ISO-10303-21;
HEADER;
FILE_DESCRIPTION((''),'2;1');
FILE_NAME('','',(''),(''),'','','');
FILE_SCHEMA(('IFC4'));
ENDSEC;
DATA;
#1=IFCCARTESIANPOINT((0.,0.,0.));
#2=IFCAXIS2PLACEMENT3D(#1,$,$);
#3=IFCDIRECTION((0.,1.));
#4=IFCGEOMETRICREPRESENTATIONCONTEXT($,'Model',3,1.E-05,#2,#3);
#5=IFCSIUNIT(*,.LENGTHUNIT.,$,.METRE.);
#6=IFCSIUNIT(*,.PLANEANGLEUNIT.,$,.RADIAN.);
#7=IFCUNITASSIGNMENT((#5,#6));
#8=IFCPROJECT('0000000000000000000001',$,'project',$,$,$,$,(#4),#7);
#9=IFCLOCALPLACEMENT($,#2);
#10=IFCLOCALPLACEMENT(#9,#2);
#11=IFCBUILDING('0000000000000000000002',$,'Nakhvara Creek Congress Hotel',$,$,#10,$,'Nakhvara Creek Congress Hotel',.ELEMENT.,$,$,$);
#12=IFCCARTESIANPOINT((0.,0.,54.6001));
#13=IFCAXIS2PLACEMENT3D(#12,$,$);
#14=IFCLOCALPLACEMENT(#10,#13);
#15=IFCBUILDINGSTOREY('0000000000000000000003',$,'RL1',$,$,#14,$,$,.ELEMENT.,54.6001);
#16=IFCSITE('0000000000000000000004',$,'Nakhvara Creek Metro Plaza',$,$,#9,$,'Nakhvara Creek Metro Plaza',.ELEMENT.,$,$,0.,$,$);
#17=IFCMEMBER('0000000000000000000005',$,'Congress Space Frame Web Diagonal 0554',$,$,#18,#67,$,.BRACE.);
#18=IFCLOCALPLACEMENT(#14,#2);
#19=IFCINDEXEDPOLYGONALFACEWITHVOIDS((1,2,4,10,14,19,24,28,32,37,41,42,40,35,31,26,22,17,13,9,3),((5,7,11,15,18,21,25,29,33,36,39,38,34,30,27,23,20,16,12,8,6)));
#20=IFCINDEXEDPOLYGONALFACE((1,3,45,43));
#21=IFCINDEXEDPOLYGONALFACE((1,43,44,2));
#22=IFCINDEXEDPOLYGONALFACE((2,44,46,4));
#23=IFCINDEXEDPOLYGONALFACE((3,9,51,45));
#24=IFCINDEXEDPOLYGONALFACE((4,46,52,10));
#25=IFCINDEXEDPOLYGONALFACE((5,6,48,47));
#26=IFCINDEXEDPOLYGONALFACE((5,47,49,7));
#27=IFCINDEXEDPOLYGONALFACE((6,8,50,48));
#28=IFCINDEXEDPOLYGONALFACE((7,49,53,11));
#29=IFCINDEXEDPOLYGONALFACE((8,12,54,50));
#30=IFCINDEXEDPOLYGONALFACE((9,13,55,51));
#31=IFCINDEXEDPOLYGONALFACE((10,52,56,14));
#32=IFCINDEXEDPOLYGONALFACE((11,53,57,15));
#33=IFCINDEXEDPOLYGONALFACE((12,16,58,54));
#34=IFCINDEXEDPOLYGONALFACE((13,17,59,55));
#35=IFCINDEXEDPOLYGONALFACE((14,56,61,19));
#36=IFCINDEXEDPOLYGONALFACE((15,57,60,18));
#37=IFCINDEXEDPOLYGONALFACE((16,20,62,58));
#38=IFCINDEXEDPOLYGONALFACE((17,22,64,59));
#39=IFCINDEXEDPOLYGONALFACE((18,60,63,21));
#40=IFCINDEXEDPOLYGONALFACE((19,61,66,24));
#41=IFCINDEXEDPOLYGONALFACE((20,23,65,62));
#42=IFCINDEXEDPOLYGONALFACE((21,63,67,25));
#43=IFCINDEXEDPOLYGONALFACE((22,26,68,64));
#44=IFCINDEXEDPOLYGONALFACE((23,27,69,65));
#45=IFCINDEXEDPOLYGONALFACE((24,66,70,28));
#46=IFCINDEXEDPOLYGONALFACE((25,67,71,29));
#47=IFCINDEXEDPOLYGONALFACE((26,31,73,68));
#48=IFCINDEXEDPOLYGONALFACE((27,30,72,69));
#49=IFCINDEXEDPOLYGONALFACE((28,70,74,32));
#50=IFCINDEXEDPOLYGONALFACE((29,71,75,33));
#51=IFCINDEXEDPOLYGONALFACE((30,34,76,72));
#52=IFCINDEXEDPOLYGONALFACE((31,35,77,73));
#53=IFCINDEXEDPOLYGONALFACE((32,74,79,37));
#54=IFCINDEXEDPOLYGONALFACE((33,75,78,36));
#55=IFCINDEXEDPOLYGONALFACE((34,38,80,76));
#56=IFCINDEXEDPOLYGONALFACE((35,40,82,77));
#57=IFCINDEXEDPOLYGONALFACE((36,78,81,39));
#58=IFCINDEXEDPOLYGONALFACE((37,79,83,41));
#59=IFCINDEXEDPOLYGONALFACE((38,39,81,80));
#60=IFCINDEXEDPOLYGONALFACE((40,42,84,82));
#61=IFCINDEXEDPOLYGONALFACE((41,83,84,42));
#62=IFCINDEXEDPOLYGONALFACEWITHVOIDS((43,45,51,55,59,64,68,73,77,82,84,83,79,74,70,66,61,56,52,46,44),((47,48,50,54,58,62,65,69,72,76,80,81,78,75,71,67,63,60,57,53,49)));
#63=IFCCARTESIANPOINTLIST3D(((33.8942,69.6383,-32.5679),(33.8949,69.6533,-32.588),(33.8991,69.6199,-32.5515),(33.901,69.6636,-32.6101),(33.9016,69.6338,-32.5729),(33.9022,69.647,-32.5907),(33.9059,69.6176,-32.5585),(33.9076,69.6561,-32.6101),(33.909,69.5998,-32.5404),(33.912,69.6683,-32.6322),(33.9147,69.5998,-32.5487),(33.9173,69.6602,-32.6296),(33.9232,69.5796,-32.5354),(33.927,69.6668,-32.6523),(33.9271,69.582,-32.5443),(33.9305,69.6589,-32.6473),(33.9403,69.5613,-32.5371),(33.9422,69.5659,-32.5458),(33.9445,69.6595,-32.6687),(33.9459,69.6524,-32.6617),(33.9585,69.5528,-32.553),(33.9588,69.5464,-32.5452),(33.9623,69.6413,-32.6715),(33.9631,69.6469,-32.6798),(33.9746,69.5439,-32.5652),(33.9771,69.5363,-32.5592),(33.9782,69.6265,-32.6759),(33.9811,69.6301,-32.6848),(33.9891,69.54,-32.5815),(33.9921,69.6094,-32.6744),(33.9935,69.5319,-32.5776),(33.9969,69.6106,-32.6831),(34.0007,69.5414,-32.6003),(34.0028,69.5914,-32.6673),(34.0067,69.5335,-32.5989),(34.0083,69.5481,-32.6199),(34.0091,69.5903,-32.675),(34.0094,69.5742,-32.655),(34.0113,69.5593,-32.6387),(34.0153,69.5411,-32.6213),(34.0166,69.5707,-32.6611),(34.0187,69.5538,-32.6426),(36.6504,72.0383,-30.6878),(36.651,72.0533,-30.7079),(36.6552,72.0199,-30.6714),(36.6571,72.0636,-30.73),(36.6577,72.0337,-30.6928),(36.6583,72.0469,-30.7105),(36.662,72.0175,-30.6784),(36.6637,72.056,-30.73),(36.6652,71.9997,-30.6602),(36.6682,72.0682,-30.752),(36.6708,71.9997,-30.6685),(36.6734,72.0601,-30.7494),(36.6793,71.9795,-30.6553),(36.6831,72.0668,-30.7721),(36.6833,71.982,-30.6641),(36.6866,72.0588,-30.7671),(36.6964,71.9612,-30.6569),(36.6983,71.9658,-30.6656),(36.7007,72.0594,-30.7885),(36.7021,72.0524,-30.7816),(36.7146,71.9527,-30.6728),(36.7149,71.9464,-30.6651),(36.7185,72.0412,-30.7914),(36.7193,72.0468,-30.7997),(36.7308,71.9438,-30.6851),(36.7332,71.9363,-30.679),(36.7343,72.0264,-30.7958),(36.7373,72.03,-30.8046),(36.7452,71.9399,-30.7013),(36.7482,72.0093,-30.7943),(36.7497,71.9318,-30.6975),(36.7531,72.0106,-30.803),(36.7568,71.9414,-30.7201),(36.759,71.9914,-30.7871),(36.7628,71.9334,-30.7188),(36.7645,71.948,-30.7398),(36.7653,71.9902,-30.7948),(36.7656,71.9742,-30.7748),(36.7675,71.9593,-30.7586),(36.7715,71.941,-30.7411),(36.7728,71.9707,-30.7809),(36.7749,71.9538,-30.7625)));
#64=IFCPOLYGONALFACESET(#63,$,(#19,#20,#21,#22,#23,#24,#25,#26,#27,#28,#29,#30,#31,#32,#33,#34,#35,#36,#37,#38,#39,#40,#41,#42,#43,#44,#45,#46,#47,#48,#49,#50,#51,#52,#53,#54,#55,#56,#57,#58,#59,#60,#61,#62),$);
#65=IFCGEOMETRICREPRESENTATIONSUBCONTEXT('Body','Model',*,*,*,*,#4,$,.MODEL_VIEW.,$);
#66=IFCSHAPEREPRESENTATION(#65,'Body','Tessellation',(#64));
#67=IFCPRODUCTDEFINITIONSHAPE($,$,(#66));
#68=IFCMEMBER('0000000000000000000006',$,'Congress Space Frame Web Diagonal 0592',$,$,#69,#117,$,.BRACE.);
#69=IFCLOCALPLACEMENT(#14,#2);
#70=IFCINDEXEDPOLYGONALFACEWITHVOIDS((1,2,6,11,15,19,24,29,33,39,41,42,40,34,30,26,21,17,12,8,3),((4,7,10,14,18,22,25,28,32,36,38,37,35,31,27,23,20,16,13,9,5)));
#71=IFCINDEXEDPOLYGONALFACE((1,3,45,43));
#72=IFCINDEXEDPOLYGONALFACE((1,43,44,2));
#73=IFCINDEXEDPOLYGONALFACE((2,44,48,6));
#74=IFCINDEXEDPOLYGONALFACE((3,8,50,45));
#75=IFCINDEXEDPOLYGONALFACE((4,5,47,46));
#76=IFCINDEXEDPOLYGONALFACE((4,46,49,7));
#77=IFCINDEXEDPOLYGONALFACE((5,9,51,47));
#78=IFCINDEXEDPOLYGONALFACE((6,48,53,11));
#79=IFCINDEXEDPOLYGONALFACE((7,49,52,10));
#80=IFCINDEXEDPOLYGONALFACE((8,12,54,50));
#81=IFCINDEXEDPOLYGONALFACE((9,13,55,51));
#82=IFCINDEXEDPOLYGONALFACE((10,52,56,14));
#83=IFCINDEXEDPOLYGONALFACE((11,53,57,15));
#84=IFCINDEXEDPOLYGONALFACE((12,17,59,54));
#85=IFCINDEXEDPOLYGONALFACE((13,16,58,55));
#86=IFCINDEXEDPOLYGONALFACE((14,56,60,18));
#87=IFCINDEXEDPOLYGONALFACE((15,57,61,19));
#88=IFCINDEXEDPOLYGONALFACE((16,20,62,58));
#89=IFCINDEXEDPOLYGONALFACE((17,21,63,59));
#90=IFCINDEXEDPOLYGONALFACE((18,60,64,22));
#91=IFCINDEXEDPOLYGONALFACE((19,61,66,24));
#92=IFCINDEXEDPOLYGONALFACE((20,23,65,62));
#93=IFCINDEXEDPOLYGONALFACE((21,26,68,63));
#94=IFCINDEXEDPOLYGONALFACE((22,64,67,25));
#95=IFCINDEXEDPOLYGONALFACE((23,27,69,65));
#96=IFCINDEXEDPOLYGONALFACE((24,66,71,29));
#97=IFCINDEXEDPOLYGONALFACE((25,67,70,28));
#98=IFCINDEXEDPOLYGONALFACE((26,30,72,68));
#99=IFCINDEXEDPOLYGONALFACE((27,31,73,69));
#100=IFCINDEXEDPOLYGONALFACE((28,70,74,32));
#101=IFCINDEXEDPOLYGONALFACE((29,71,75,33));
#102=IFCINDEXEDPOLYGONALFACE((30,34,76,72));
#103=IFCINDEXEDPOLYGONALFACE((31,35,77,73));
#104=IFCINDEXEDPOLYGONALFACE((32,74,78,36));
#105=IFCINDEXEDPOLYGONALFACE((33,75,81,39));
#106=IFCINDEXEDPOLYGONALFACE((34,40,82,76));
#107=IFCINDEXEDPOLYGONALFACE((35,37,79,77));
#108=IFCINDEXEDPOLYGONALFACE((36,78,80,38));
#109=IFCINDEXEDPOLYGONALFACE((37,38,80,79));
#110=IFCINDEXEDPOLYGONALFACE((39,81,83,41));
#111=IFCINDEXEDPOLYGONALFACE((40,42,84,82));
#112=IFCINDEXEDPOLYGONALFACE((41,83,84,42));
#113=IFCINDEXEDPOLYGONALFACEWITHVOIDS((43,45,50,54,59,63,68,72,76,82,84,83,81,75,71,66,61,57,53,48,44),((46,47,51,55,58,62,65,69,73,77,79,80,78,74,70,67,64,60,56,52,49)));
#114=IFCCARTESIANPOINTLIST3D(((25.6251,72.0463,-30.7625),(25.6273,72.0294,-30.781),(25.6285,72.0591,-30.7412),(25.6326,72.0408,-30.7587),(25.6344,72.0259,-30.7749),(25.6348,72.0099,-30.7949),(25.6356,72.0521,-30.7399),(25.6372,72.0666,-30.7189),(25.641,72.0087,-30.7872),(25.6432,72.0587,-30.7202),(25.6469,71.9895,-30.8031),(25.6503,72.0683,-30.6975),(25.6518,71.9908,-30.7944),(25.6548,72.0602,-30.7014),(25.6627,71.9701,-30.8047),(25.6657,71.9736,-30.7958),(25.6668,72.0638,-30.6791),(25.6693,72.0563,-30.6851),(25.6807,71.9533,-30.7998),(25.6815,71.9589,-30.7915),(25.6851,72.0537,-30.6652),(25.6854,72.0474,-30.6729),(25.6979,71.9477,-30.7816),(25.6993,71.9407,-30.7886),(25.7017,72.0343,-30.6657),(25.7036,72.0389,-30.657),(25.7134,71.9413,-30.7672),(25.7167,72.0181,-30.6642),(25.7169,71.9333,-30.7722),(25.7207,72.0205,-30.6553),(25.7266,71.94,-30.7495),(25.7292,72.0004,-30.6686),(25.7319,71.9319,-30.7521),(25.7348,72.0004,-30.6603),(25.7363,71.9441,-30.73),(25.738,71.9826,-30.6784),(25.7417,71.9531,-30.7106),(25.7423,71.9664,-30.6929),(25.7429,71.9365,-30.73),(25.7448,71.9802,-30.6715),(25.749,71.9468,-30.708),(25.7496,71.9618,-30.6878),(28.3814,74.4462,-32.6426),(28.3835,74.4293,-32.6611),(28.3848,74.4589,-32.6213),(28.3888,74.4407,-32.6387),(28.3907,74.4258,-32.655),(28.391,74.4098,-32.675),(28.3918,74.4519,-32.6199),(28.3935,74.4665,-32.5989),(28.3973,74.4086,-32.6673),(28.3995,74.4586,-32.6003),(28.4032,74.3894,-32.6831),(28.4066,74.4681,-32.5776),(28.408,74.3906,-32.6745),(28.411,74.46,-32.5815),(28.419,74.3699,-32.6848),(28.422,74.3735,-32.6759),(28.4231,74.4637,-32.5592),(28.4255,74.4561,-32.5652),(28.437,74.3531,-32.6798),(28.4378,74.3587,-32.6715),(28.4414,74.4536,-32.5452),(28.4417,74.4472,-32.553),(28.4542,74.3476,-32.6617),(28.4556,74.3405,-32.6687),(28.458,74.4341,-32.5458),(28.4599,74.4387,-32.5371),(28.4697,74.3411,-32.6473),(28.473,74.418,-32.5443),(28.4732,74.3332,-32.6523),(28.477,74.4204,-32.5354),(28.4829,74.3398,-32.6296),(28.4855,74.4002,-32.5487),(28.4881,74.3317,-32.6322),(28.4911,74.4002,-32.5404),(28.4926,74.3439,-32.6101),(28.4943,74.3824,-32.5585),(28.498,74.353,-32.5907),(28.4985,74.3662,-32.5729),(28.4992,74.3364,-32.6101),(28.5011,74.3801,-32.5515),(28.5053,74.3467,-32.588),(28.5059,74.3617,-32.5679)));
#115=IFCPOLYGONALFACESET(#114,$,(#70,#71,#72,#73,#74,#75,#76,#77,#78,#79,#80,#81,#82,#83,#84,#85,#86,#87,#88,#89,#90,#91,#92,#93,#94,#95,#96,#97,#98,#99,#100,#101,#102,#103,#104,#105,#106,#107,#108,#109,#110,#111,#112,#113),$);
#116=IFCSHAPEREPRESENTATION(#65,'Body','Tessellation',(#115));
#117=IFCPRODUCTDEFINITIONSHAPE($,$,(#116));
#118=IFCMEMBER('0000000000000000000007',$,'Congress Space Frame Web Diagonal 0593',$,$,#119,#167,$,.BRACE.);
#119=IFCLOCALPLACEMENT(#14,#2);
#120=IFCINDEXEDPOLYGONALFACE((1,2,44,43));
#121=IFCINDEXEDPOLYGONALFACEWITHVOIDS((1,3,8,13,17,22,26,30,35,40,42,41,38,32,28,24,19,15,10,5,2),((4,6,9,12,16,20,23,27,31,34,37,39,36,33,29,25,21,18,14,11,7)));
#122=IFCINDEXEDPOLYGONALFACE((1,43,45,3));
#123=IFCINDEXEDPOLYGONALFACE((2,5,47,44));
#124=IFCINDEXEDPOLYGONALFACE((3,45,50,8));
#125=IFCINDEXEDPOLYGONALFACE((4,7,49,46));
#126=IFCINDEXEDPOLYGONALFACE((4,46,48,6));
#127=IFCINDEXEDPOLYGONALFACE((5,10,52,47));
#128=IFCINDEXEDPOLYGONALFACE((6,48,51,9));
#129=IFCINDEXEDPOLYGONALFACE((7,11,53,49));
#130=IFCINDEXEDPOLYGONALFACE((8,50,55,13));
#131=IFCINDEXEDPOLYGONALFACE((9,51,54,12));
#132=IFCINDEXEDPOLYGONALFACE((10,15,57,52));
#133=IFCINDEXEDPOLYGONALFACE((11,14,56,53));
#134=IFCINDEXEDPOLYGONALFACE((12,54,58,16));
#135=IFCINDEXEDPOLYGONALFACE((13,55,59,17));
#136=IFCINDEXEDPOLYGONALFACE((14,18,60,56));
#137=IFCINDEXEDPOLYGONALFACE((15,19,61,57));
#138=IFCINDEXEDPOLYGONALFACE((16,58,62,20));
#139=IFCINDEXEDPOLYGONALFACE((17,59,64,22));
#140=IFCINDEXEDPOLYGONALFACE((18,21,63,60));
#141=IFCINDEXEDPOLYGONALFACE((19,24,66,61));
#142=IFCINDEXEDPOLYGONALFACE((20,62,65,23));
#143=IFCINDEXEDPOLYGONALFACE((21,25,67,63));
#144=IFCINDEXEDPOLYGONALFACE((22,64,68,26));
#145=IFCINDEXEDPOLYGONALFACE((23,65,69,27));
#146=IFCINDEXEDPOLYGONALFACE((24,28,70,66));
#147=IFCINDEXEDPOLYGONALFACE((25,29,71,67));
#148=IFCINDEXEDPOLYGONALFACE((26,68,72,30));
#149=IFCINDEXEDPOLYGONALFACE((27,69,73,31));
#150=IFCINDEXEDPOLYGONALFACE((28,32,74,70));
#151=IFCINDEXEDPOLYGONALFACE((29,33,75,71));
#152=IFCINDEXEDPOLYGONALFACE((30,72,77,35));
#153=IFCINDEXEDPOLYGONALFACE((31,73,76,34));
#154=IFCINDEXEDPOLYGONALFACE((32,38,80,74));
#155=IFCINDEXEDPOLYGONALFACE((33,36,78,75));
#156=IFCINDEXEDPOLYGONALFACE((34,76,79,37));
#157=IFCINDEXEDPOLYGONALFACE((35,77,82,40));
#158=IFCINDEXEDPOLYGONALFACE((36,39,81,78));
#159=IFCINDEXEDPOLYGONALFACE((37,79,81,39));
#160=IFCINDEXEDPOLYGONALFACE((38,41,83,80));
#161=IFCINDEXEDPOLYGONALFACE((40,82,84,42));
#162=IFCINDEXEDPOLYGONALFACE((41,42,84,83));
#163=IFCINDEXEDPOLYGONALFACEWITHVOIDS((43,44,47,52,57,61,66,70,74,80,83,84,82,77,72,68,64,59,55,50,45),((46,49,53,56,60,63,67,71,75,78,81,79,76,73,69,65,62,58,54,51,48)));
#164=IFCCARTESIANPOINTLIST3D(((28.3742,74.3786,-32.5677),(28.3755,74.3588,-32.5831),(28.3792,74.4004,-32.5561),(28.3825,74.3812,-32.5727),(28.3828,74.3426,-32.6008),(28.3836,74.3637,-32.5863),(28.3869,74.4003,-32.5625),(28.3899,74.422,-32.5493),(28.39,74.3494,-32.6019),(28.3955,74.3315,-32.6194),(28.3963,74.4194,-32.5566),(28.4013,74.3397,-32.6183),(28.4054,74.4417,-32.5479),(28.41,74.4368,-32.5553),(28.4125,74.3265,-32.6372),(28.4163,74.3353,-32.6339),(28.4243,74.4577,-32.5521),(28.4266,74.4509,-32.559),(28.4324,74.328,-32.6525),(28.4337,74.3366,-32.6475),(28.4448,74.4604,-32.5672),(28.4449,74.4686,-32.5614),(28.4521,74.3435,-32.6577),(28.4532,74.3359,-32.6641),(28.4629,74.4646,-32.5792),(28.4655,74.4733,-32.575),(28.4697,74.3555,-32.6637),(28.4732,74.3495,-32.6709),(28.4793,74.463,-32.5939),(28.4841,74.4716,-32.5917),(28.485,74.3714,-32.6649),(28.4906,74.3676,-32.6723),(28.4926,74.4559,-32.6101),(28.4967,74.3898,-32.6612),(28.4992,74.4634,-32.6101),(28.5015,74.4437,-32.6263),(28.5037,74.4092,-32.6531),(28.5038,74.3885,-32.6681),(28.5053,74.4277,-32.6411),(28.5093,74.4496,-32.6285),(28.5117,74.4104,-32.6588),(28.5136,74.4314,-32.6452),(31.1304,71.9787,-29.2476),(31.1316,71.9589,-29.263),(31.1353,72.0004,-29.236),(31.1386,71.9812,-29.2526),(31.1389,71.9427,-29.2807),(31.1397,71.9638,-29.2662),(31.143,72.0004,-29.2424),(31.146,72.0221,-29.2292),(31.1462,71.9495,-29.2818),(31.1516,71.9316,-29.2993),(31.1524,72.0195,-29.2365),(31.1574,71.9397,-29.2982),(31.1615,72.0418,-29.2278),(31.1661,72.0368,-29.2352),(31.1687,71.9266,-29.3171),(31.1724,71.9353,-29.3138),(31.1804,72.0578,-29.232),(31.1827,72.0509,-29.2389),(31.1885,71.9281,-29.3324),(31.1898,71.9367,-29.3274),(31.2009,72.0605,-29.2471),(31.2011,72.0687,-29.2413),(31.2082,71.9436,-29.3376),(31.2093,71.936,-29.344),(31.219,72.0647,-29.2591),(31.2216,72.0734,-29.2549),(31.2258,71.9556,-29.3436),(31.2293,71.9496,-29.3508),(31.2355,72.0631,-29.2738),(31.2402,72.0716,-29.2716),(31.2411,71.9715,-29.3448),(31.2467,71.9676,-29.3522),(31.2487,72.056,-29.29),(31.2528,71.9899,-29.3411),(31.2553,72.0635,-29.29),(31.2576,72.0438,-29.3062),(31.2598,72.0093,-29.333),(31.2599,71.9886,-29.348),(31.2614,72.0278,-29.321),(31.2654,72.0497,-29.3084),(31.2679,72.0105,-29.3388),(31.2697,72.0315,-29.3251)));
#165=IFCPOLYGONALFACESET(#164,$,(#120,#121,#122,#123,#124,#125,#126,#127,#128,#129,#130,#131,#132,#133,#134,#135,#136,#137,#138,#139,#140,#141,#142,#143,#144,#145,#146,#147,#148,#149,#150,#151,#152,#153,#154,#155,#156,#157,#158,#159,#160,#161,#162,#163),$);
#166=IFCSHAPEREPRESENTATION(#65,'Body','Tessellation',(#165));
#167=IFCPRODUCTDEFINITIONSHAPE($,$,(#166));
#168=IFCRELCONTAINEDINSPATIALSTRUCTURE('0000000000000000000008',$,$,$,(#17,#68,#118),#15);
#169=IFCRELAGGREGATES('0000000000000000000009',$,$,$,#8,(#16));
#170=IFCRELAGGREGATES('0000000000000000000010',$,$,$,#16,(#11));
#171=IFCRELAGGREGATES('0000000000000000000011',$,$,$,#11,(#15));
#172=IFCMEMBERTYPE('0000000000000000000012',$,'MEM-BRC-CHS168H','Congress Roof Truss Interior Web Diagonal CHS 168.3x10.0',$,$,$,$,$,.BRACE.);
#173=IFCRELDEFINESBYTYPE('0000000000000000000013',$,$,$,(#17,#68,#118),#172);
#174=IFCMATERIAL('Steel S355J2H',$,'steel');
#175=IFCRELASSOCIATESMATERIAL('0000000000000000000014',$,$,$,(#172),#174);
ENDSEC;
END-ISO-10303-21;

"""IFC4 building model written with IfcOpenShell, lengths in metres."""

from ifc_helpers import new_model, si_unit, direction, frame, origin, origin_2d, place, context, subcontext, project, spatial, hollow_circle, extrude, material, material_profile, profile_set, type_object, element, save


model = new_model("IFC4")

# Units and contexts
model_context = context("Model", 3, precision=1e-05, world=origin(), true_north=direction((0.0, 1.0)))
body_context = subcontext(model_context, "Body", "Model", "MODEL_VIEW")
ifc_project = project(units=[si_unit("LENGTHUNIT", "METRE"), si_unit("PLANEANGLEUNIT", "RADIAN")], contexts=[model_context])

# Site, building, storey
site_placement = place(None, origin())
site = spatial("IfcSite", under=ifc_project, at=site_placement, Name="Nakhvara Creek Metro Plaza", LongName="Nakhvara Creek Metro Plaza", CompositionType="ELEMENT", RefElevation=0.0)
building_placement = place(site_placement, origin())
building = spatial("IfcBuilding", under=site, at=building_placement, Name="Nakhvara Creek Congress Hotel", LongName="Nakhvara Creek Congress Hotel", CompositionType="ELEMENT")
storey_placement = place(building_placement, frame((0.0, 0.0, 54.6001)))
storey = spatial("IfcBuildingStorey", under=building, at=storey_placement, Name="RL1", CompositionType="ELEMENT", Elevation=54.6001)

# Members
ifc_material_1 = material(Name="Steel S355J2H", Category="steel")
ifc_material_profile_1 = material_profile(ifc_material_1, hollow_circle(Radius=0.0842, WallThickness=0.01, at=origin_2d()), Name="CHS 168.3x10.0", Category="LoadBearing")
ifc_profile_set_1 = profile_set([ifc_material_profile_1], Name="Steel S355J2H")
member_type_1 = type_object("IfcMemberType", Name="MEM-BRC-CHS168H", Description="Congress Roof Truss Interior Web Diagonal CHS 168.3x10.0", PredefinedType="BRACE", material=ifc_profile_set_1)
for number, where, z_axis, x_axis, name in (
    (1, (33.9563, 69.6001, -32.6101), (0.670616, 0.583945, 0.457473), (-0.656691, 0.75416, 0.0), "Congress Space Frame Web Diagonal 0554"),
    (2, (28.4438, 74.3999, -32.6101), (-0.670649, -0.583922, 0.457455), (0.656658, -0.754188, 0.0), "Congress Space Frame Web Diagonal 0592"),
):
    element("IfcMember", number, at=place(storey_placement, frame(where, z_axis=z_axis, x_axis=x_axis)), inside=storey, type_object=member_type_1, Name=name, PredefinedType="BRACE", context=body_context, shape_type="SweptSolid", body=[
        extrude(hollow_circle(Radius=0.0842, WallThickness=0.01, at=origin_2d()), origin(), (0.0, 0.0, 1.0), 4.1099),
    ])
member_1_placement = place(storey_placement, frame((28.4438, 74.3999, -32.6101), z_axis=(0.558203, -0.48606, 0.672425), x_axis=(0.656691, 0.75416, 0.0)))
element("IfcMember", 3, at=member_1_placement, inside=storey, type_object=member_type_1, Name="Congress Space Frame Web Diagonal 0593", PredefinedType="BRACE", context=body_context, shape_type="SweptSolid", body=[
    extrude(hollow_circle(Radius=0.0842, WallThickness=0.01, at=origin_2d()), origin(), (0.0, 0.0, 1.0), 4.9375),
])

save(model, "model.ifc")
